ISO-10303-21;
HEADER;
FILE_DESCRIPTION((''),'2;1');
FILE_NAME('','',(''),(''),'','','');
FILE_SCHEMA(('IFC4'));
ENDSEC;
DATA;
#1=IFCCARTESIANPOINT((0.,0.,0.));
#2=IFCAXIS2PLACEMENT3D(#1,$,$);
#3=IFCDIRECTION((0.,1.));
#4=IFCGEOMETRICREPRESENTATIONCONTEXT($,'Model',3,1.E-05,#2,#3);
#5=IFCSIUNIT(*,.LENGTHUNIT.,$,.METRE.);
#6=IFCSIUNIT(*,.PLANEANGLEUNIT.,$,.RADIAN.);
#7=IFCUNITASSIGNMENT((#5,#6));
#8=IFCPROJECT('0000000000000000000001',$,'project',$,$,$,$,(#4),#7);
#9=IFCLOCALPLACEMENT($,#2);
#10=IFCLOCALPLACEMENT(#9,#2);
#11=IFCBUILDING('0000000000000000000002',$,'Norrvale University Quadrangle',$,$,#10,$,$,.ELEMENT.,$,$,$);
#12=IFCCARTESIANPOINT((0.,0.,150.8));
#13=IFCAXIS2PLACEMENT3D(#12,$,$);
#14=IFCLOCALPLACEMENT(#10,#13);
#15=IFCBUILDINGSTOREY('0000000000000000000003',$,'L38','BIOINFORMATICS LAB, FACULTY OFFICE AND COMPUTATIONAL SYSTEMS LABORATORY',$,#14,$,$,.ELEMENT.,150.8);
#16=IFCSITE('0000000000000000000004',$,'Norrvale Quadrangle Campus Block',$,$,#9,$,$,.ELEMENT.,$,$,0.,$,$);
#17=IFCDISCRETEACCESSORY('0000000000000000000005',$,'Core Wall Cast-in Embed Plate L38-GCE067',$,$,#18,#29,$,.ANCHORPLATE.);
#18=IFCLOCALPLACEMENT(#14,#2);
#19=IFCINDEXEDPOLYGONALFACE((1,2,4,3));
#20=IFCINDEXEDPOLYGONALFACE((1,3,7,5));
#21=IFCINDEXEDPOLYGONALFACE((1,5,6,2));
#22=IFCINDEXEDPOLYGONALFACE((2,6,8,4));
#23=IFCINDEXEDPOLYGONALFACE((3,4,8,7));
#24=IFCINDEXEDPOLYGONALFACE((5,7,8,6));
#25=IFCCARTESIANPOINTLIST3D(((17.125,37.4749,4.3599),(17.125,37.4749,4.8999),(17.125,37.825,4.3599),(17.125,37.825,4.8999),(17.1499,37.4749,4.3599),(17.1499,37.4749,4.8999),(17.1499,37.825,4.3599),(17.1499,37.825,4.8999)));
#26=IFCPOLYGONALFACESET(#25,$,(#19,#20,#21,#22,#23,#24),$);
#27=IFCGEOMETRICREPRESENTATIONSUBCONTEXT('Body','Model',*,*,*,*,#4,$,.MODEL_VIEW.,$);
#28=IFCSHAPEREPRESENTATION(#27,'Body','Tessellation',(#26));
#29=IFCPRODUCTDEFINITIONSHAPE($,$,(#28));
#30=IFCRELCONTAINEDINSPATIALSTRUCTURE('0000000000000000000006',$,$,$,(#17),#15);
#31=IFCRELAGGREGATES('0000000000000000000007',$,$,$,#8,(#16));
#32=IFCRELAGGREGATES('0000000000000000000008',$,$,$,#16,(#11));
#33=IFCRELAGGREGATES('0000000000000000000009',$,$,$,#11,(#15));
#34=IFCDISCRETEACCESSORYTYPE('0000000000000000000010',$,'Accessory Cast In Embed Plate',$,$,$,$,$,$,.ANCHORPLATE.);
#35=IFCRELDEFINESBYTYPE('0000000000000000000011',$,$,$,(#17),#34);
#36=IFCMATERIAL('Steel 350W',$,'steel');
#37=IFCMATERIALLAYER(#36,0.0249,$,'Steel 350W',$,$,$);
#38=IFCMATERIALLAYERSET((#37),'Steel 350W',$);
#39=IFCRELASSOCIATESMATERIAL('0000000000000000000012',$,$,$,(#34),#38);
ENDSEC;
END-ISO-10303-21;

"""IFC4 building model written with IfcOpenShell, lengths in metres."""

from ifc_helpers import new_model, si_unit, direction, frame, origin, origin_2d, place, context, subcontext, project, spatial, rectangle, extrude, material, layer, layer_set, type_object, element, save


model = new_model("IFC4")

# Units and contexts
model_context = context("Model", 3, precision=1e-05, world=origin(), true_north=direction((0.0, 1.0)))
body_context = subcontext(model_context, "Body", "Model", "MODEL_VIEW")
ifc_project = project(units=[si_unit("LENGTHUNIT", "METRE"), si_unit("PLANEANGLEUNIT", "RADIAN")], contexts=[model_context])

# Site, building, storey
site_placement = place(None, origin())
site = spatial("IfcSite", under=ifc_project, at=site_placement, Name="Norrvale Quadrangle Campus Block", CompositionType="ELEMENT", RefElevation=0.0)
building_placement = place(site_placement, origin())
building = spatial("IfcBuilding", under=site, at=building_placement, Name="Norrvale University Quadrangle", CompositionType="ELEMENT")
storey_placement = place(building_placement, frame((0.0, 0.0, 150.8)))
storey = spatial("IfcBuildingStorey", under=building, at=storey_placement, Name="L38", Description="BIOINFORMATICS LAB, FACULTY OFFICE AND COMPUTATIONAL SYSTEMS LABORATORY", CompositionType="ELEMENT", Elevation=150.8)

# Shared definitions
ifc_material_1 = material(Name="Steel 350W", Category="steel")

# Discrete accessory
ifc_layer_1 = layer(ifc_material_1, 0.0249, Name="Steel 350W")
ifc_layer_set_1 = layer_set([ifc_layer_1], Name="Steel 350W")
discrete_accessory_type = type_object("IfcDiscreteAccessoryType", Name="Accessory Cast In Embed Plate", PredefinedType="ANCHORPLATE", material=ifc_layer_set_1)
for number, where, z_axis, x_axis, name in (
    (1, (17.1375, 37.6499, 4.3599), (0.0, 0.0, 1.0), (1.0, 0.0, 0.0), "Core Wall Cast-in Embed Plate L38-GCE067"),
):
    element("IfcDiscreteAccessory", number, at=place(storey_placement, frame(where, z_axis=z_axis, x_axis=x_axis)), inside=storey, type_object=discrete_accessory_type, Name=name, PredefinedType="ANCHORPLATE", context=body_context, shape_type="SweptSolid", body=[
        extrude(rectangle(XDim=0.0249, YDim=0.3501, at=origin_2d()), origin(), (0.0, 0.0, 1.0), 0.54),
    ])

save(model, "model.ifc")
